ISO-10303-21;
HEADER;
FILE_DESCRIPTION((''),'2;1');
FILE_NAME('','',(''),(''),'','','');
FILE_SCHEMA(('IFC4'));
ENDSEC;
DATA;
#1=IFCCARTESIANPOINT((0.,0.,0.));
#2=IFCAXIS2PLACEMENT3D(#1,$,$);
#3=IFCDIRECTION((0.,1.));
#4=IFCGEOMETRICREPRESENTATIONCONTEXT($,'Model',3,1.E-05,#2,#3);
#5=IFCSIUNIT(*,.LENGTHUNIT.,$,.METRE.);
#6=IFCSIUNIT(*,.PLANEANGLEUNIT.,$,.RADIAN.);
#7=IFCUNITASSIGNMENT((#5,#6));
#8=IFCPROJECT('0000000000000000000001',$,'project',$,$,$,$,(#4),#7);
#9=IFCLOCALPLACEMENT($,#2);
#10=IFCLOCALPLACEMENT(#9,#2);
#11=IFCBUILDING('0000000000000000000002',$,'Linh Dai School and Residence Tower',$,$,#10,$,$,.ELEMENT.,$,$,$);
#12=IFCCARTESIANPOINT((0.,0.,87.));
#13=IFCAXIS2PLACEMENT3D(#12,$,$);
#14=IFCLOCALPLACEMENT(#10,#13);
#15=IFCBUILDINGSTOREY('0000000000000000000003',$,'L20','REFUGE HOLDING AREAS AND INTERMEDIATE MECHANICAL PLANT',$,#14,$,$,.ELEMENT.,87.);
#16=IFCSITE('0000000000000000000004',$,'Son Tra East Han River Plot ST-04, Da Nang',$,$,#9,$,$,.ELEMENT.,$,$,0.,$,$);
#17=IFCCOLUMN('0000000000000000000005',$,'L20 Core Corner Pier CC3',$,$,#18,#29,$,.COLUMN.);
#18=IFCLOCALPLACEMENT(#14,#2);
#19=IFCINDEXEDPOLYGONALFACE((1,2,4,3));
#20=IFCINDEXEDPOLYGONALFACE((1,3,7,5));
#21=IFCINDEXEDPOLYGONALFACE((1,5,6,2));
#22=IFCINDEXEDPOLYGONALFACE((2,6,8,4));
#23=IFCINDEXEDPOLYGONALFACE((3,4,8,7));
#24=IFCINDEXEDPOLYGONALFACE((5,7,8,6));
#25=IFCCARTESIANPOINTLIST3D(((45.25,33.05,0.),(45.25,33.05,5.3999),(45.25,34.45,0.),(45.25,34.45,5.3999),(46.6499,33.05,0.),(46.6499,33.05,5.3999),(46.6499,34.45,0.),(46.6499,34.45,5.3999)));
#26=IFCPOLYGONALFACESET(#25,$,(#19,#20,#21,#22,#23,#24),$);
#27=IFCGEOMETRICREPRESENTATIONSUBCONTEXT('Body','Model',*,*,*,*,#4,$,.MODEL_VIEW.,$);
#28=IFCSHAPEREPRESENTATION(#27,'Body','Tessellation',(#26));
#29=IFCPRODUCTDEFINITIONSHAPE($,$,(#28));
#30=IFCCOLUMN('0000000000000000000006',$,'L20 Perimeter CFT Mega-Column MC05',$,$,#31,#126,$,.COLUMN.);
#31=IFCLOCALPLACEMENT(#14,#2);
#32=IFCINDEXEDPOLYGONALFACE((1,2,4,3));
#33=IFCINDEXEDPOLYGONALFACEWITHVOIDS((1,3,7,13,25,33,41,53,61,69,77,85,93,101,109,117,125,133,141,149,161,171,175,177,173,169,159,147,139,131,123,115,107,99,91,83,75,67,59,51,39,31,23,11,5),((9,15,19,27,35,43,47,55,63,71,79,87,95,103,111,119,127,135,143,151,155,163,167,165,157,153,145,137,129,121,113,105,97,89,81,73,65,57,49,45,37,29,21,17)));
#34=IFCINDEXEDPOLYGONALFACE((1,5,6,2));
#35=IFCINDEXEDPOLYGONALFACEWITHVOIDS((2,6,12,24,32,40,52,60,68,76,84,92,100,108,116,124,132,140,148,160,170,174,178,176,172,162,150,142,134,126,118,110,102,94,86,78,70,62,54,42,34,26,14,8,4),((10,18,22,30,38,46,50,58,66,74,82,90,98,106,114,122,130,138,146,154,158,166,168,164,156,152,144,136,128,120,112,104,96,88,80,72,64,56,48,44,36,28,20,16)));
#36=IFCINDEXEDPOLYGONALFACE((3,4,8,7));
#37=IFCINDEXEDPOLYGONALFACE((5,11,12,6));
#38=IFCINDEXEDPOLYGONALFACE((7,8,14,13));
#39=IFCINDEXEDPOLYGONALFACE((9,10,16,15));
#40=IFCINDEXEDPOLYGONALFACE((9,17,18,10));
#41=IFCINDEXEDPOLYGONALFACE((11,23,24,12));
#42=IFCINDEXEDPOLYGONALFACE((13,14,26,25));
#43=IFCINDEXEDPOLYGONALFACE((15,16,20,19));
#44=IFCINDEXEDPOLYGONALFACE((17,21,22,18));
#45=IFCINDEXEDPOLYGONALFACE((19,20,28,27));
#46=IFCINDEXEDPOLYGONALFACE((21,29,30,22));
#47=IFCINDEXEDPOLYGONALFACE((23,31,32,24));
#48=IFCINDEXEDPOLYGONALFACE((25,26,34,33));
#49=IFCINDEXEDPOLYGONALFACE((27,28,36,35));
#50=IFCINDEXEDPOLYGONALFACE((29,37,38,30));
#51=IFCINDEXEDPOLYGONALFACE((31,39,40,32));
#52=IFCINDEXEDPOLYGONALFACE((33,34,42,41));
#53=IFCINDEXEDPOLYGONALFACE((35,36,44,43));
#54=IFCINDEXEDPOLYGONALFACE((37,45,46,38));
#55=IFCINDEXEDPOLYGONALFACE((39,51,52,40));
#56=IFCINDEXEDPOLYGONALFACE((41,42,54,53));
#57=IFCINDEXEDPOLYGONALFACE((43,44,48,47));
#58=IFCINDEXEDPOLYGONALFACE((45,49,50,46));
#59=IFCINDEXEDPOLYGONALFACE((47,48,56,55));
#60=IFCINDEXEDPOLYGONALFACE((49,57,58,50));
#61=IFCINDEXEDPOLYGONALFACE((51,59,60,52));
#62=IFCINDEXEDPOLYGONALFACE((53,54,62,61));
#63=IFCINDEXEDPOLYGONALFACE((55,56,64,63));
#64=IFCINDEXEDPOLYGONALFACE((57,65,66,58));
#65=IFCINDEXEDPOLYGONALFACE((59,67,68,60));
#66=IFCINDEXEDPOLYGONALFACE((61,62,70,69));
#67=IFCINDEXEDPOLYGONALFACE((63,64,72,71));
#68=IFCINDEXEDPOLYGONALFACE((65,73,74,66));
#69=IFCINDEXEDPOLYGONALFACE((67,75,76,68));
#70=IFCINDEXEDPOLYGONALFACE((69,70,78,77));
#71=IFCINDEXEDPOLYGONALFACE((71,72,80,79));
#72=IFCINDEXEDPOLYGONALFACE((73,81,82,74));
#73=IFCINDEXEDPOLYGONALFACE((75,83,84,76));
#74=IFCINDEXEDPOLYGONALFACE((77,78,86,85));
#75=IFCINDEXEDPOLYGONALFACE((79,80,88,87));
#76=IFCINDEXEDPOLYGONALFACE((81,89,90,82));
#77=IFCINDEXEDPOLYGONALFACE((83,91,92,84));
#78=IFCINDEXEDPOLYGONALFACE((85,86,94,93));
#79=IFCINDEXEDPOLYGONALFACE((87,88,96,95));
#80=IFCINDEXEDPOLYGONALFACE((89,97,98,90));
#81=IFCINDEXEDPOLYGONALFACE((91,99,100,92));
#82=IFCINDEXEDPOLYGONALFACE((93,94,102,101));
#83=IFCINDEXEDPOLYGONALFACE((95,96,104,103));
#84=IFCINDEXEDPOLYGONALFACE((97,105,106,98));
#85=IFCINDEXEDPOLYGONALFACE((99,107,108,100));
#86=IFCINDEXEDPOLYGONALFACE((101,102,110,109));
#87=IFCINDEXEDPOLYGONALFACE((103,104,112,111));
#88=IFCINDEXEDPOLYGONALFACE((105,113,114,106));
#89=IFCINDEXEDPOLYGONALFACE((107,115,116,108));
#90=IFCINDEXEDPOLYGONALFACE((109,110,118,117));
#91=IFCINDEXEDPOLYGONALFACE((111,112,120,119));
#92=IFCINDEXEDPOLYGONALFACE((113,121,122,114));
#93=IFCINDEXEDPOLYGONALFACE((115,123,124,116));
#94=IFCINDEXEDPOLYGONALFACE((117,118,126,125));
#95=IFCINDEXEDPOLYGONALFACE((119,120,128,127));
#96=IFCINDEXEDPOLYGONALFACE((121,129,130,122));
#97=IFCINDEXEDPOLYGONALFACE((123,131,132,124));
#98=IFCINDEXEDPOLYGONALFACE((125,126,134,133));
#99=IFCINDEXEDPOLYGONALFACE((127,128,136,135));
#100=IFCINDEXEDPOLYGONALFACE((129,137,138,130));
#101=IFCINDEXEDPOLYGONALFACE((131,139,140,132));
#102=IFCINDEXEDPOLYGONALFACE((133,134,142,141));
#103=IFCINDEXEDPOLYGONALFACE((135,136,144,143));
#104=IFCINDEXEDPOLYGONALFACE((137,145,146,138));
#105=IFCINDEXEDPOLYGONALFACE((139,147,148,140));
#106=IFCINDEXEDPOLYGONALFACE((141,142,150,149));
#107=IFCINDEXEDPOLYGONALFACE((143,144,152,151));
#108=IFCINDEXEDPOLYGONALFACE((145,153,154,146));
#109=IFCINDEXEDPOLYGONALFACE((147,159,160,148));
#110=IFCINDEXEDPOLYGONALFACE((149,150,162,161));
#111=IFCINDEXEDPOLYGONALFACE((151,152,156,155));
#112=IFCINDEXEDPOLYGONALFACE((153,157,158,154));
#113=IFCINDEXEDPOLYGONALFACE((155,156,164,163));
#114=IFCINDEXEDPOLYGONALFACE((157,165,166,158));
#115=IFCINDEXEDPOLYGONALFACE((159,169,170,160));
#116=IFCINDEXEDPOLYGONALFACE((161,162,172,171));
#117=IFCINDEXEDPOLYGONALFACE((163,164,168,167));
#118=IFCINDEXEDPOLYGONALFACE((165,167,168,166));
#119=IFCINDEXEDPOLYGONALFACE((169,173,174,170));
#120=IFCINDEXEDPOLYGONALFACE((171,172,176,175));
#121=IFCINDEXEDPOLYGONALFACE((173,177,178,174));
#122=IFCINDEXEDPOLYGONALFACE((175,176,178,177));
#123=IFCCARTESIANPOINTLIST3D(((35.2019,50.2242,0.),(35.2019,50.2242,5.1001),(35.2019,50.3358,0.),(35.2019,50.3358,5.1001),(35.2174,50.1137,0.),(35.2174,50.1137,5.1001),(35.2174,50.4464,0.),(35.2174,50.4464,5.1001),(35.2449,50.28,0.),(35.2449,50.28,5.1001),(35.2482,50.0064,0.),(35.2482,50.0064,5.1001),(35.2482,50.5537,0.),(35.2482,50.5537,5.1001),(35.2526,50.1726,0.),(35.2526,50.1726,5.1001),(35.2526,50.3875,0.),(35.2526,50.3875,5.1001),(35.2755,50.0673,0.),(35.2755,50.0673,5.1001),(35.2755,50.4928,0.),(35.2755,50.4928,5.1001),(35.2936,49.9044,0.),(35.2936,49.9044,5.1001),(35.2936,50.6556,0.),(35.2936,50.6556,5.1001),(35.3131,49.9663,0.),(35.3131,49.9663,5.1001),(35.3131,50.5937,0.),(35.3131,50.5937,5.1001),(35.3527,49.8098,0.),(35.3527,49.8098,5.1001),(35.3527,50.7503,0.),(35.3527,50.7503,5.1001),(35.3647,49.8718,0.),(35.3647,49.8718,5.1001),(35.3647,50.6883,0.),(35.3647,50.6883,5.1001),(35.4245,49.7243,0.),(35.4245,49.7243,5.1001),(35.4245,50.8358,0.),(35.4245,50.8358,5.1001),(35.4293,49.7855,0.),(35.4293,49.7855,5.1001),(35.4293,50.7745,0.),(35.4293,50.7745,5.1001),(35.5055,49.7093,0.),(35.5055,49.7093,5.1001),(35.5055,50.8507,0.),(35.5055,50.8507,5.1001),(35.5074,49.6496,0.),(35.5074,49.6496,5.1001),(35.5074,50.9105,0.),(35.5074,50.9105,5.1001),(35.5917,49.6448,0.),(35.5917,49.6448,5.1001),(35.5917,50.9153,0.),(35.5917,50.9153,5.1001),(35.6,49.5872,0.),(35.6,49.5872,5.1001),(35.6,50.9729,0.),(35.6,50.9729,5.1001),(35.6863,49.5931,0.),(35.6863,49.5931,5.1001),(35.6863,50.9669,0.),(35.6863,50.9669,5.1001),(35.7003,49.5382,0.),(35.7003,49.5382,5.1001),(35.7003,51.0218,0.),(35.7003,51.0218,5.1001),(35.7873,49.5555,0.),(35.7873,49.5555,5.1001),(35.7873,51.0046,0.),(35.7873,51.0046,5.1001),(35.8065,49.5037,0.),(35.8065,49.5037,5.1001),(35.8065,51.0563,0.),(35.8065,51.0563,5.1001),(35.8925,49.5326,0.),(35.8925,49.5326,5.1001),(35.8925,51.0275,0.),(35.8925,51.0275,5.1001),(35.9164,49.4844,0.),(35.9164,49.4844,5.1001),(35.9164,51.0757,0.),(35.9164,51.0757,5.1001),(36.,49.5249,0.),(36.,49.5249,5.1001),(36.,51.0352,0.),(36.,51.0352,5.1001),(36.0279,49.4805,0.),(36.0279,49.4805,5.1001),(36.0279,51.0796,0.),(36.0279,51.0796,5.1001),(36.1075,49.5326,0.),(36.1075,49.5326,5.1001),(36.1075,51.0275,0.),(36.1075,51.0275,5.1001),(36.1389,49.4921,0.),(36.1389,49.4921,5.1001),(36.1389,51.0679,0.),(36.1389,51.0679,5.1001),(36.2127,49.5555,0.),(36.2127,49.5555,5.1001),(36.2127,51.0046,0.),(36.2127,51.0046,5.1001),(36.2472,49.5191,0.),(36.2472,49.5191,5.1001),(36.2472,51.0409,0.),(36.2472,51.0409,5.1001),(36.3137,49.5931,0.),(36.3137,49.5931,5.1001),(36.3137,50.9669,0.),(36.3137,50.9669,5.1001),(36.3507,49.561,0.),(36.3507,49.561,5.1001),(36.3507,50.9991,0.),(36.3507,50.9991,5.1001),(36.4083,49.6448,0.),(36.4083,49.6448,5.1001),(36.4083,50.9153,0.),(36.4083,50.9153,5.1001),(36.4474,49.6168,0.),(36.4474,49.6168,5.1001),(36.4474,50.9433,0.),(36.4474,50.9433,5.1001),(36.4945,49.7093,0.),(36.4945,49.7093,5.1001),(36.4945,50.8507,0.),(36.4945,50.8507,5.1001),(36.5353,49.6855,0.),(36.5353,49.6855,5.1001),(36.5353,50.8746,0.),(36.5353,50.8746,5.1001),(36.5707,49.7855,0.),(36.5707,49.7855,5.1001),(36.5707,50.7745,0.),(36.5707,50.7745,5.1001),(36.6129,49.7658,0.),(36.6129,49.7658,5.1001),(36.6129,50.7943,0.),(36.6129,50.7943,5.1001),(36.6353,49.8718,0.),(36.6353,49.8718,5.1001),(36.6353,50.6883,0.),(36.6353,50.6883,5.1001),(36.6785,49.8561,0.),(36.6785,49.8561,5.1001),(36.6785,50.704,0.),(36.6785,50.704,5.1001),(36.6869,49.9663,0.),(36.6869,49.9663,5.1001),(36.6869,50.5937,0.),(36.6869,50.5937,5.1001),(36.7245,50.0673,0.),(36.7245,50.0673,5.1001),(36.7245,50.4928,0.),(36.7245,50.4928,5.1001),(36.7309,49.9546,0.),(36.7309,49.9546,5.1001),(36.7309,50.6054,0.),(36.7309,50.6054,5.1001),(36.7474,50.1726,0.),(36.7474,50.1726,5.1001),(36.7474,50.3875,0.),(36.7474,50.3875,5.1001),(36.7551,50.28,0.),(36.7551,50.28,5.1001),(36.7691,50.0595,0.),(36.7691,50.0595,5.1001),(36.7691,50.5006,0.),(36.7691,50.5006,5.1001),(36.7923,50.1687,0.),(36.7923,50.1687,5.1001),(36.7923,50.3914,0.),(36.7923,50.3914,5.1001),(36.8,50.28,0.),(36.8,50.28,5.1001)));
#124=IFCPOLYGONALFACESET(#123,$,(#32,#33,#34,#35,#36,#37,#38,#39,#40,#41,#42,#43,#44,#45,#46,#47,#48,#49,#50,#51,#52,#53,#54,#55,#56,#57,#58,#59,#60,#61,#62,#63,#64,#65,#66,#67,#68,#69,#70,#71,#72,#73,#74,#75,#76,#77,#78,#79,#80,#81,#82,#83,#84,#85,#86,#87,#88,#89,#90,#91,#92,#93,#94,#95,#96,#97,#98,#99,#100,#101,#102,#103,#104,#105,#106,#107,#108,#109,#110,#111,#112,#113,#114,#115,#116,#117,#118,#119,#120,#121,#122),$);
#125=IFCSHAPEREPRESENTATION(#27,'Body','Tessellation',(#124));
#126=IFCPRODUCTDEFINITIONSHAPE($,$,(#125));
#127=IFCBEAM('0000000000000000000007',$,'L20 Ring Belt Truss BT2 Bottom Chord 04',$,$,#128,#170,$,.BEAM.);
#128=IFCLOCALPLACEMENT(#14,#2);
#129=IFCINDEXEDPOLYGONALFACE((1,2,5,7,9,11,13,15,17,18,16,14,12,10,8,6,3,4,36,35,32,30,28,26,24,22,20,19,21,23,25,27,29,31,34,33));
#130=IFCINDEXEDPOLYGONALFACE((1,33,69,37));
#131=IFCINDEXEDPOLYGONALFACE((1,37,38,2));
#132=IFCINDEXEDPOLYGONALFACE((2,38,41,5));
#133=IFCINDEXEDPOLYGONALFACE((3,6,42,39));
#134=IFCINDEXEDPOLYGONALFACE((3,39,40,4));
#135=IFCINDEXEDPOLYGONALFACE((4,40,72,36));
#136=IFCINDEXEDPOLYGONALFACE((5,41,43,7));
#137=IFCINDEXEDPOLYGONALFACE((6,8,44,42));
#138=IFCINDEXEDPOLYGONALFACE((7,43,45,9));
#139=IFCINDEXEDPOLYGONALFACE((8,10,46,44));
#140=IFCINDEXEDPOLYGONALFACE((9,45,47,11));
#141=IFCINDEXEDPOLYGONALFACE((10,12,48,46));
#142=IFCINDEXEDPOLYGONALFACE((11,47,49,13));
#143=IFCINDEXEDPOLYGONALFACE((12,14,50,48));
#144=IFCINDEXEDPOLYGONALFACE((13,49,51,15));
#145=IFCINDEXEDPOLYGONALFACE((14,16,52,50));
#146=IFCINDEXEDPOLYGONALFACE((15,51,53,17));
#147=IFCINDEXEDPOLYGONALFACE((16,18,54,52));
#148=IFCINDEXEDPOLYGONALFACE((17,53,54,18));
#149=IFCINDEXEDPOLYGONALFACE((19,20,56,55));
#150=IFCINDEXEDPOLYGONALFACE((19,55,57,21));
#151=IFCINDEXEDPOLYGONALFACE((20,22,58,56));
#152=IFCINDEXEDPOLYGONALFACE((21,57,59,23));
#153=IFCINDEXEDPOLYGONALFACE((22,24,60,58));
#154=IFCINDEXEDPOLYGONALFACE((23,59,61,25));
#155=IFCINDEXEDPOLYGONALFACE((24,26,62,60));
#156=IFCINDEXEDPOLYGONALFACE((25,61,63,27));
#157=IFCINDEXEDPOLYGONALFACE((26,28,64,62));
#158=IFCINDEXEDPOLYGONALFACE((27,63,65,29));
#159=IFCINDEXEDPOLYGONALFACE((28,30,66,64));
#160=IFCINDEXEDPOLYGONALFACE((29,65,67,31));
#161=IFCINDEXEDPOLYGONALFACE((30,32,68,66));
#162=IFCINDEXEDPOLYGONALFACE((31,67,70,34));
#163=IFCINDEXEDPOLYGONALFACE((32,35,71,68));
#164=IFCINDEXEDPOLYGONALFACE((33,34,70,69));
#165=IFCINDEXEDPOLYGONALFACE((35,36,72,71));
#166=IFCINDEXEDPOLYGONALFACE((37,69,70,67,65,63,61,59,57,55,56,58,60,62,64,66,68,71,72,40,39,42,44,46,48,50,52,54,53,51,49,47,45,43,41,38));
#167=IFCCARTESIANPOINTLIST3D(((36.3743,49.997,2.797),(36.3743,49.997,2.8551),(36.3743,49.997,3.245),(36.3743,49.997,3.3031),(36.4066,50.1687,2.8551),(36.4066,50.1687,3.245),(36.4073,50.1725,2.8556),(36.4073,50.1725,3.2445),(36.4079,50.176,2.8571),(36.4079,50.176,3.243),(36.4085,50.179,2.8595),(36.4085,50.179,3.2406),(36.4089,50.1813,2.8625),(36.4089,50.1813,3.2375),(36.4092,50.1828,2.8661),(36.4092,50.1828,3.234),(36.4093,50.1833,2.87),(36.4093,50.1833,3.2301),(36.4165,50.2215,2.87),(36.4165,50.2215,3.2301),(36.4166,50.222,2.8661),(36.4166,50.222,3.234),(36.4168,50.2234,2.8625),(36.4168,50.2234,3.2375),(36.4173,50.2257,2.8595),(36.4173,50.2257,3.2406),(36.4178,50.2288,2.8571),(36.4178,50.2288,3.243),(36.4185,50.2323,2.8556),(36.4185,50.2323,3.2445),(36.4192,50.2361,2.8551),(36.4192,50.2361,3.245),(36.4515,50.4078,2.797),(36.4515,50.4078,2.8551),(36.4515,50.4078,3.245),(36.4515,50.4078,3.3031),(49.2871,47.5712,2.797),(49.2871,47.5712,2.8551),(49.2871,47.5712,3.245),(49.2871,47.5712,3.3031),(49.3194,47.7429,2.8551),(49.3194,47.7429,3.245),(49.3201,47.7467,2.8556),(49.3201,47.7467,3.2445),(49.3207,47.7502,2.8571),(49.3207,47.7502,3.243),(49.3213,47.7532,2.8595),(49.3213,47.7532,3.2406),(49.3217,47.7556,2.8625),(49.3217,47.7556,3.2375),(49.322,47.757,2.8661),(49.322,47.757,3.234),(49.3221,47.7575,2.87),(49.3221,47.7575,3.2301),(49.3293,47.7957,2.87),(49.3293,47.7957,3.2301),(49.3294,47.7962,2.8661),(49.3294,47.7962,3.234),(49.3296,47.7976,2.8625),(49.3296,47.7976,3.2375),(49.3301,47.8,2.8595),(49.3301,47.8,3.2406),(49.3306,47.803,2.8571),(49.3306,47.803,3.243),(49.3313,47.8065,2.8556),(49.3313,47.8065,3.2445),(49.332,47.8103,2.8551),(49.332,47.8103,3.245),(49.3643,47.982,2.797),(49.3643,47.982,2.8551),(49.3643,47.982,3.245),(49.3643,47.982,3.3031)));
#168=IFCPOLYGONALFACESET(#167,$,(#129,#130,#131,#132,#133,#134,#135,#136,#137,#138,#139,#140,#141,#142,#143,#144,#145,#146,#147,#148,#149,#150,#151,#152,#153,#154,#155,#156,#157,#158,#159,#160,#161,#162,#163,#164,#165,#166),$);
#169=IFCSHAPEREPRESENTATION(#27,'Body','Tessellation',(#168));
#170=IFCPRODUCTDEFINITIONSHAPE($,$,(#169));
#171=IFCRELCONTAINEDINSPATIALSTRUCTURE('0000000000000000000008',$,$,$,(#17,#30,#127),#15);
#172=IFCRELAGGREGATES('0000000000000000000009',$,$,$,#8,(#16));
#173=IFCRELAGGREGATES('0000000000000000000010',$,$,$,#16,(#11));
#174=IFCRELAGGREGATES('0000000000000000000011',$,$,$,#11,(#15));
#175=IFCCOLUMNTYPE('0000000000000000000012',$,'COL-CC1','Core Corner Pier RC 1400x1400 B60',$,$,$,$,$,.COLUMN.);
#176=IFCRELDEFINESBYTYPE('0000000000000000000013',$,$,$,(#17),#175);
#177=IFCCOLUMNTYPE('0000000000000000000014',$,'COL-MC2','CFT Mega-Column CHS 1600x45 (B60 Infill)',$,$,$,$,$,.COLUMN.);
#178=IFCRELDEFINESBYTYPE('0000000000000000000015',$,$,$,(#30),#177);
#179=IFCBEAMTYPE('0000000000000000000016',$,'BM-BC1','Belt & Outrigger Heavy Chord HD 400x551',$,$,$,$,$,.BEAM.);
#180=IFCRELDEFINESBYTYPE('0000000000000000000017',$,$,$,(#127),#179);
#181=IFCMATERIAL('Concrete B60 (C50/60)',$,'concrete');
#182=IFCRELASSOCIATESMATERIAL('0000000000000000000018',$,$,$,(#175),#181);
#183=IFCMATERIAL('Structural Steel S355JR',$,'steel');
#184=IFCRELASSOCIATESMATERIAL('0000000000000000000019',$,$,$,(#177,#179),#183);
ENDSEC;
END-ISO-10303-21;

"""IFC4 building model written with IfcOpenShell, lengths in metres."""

from ifc_helpers import new_model, si_unit, direction, frame, origin, origin_2d, place, context, subcontext, project, spatial, rectangle, hollow_circle, i_section, extrude, material, material_profile, profile_set, type_object, element, save


model = new_model("IFC4")

# Units and contexts
model_context = context("Model", 3, precision=1e-05, world=origin(), true_north=direction((0.0, 1.0)))
body_context = subcontext(model_context, "Body", "Model", "MODEL_VIEW")
ifc_project = project(units=[si_unit("LENGTHUNIT", "METRE"), si_unit("PLANEANGLEUNIT", "RADIAN")], contexts=[model_context])

# Site, building, storey
site_placement = place(None, origin())
site = spatial("IfcSite", under=ifc_project, at=site_placement, Name="Son Tra East Han River Plot ST-04, Da Nang", CompositionType="ELEMENT", RefElevation=0.0)
building_placement = place(site_placement, origin())
building = spatial("IfcBuilding", under=site, at=building_placement, Name="Linh Dai School and Residence Tower", CompositionType="ELEMENT")
storey_placement = place(building_placement, frame((0.0, 0.0, 87.0)))
storey = spatial("IfcBuildingStorey", under=building, at=storey_placement, Name="L20", Description="REFUGE HOLDING AREAS AND INTERMEDIATE MECHANICAL PLANT", CompositionType="ELEMENT", Elevation=87.0)

# Columns
ifc_material_1 = material(Name="Concrete B60 (C50/60)", Category="concrete")
ifc_material_profile_1 = material_profile(ifc_material_1, rectangle(XDim=1.3999, YDim=1.3999, at=origin_2d()), Name="RC 1400x1400")
ifc_profile_set_1 = profile_set([ifc_material_profile_1], Name="Concrete B60 (C50/60)")
column_type_1 = type_object("IfcColumnType", Name="COL-CC1", Description="Core Corner Pier RC 1400x1400 B60", PredefinedType="COLUMN", material=ifc_profile_set_1)
column_1_placement = place(storey_placement, frame((45.95, 33.75, 0.0), z_axis=(0.0, 0.0, 1.0), x_axis=(1.0, 0.0, 0.0)))
element("IfcColumn", 1, at=column_1_placement, inside=storey, type_object=column_type_1, Name="L20 Core Corner Pier CC3", PredefinedType="COLUMN", context=body_context, shape_type="SweptSolid", body=[
    extrude(rectangle(XDim=1.3999, YDim=1.3999, at=origin_2d()), origin(), (0.0, 0.0, 1.0), 5.3999),
])
ifc_material_2 = material(Name="Structural Steel S355JR", Category="steel")
ifc_material_profile_2 = material_profile(ifc_material_2, hollow_circle(Radius=0.8, WallThickness=0.0449, at=origin_2d()), Name="CHS 1600x45")
ifc_profile_set_2 = profile_set([ifc_material_profile_2], Name="Structural Steel S355JR")
column_type_2 = type_object("IfcColumnType", Name="COL-MC2", Description="CFT Mega-Column CHS 1600x45 (B60 Infill)", PredefinedType="COLUMN", material=ifc_profile_set_2)
column_2_placement = place(storey_placement, frame((36.0, 50.28, 0.0), z_axis=(0.0, 0.0, 1.0), x_axis=(1.0, 0.0, 0.0)))
element("IfcColumn", 2, at=column_2_placement, inside=storey, type_object=column_type_2, Name="L20 Perimeter CFT Mega-Column MC05", PredefinedType="COLUMN", context=body_context, shape_type="SweptSolid", body=[
    extrude(hollow_circle(Radius=0.8, WallThickness=0.0449, at=origin_2d()), origin(), (0.0, 0.0, 1.0), 5.1001),
])

# Beam
ifc_material_profile_3 = material_profile(ifc_material_2, i_section(OverallWidth=0.418, OverallDepth=0.5061, WebThickness=0.0388, FlangeThickness=0.0581, FilletRadius=0.0149, at=origin_2d()), Name="HD 400x551")
ifc_profile_set_3 = profile_set([ifc_material_profile_3], Name="Structural Steel S355JR")
beam_type_1 = type_object("IfcBeamType", Name="BM-BC1", Description="Belt & Outrigger Heavy Chord HD 400x551", PredefinedType="BEAM", material=ifc_profile_set_3)
beam_1_placement = place(storey_placement, frame((49.3257, 47.7766, 3.05), z_axis=(-0.982808, 0.184628, 0.0), x_axis=(-0.184628, -0.982808, 0.0)))
element("IfcBeam", 3, at=beam_1_placement, inside=storey, type_object=beam_type_1, Name="L20 Ring Belt Truss BT2 Bottom Chord 04", PredefinedType="BEAM", context=body_context, shape_type="SweptSolid", body=[
    extrude(i_section(OverallWidth=0.418, OverallDepth=0.5061, WebThickness=0.0388, FlangeThickness=0.0581, FilletRadius=0.0149, at=origin_2d()), origin(), (0.0, 0.0, 1.0), 13.1387),
])

save(model, "model.ifc")
